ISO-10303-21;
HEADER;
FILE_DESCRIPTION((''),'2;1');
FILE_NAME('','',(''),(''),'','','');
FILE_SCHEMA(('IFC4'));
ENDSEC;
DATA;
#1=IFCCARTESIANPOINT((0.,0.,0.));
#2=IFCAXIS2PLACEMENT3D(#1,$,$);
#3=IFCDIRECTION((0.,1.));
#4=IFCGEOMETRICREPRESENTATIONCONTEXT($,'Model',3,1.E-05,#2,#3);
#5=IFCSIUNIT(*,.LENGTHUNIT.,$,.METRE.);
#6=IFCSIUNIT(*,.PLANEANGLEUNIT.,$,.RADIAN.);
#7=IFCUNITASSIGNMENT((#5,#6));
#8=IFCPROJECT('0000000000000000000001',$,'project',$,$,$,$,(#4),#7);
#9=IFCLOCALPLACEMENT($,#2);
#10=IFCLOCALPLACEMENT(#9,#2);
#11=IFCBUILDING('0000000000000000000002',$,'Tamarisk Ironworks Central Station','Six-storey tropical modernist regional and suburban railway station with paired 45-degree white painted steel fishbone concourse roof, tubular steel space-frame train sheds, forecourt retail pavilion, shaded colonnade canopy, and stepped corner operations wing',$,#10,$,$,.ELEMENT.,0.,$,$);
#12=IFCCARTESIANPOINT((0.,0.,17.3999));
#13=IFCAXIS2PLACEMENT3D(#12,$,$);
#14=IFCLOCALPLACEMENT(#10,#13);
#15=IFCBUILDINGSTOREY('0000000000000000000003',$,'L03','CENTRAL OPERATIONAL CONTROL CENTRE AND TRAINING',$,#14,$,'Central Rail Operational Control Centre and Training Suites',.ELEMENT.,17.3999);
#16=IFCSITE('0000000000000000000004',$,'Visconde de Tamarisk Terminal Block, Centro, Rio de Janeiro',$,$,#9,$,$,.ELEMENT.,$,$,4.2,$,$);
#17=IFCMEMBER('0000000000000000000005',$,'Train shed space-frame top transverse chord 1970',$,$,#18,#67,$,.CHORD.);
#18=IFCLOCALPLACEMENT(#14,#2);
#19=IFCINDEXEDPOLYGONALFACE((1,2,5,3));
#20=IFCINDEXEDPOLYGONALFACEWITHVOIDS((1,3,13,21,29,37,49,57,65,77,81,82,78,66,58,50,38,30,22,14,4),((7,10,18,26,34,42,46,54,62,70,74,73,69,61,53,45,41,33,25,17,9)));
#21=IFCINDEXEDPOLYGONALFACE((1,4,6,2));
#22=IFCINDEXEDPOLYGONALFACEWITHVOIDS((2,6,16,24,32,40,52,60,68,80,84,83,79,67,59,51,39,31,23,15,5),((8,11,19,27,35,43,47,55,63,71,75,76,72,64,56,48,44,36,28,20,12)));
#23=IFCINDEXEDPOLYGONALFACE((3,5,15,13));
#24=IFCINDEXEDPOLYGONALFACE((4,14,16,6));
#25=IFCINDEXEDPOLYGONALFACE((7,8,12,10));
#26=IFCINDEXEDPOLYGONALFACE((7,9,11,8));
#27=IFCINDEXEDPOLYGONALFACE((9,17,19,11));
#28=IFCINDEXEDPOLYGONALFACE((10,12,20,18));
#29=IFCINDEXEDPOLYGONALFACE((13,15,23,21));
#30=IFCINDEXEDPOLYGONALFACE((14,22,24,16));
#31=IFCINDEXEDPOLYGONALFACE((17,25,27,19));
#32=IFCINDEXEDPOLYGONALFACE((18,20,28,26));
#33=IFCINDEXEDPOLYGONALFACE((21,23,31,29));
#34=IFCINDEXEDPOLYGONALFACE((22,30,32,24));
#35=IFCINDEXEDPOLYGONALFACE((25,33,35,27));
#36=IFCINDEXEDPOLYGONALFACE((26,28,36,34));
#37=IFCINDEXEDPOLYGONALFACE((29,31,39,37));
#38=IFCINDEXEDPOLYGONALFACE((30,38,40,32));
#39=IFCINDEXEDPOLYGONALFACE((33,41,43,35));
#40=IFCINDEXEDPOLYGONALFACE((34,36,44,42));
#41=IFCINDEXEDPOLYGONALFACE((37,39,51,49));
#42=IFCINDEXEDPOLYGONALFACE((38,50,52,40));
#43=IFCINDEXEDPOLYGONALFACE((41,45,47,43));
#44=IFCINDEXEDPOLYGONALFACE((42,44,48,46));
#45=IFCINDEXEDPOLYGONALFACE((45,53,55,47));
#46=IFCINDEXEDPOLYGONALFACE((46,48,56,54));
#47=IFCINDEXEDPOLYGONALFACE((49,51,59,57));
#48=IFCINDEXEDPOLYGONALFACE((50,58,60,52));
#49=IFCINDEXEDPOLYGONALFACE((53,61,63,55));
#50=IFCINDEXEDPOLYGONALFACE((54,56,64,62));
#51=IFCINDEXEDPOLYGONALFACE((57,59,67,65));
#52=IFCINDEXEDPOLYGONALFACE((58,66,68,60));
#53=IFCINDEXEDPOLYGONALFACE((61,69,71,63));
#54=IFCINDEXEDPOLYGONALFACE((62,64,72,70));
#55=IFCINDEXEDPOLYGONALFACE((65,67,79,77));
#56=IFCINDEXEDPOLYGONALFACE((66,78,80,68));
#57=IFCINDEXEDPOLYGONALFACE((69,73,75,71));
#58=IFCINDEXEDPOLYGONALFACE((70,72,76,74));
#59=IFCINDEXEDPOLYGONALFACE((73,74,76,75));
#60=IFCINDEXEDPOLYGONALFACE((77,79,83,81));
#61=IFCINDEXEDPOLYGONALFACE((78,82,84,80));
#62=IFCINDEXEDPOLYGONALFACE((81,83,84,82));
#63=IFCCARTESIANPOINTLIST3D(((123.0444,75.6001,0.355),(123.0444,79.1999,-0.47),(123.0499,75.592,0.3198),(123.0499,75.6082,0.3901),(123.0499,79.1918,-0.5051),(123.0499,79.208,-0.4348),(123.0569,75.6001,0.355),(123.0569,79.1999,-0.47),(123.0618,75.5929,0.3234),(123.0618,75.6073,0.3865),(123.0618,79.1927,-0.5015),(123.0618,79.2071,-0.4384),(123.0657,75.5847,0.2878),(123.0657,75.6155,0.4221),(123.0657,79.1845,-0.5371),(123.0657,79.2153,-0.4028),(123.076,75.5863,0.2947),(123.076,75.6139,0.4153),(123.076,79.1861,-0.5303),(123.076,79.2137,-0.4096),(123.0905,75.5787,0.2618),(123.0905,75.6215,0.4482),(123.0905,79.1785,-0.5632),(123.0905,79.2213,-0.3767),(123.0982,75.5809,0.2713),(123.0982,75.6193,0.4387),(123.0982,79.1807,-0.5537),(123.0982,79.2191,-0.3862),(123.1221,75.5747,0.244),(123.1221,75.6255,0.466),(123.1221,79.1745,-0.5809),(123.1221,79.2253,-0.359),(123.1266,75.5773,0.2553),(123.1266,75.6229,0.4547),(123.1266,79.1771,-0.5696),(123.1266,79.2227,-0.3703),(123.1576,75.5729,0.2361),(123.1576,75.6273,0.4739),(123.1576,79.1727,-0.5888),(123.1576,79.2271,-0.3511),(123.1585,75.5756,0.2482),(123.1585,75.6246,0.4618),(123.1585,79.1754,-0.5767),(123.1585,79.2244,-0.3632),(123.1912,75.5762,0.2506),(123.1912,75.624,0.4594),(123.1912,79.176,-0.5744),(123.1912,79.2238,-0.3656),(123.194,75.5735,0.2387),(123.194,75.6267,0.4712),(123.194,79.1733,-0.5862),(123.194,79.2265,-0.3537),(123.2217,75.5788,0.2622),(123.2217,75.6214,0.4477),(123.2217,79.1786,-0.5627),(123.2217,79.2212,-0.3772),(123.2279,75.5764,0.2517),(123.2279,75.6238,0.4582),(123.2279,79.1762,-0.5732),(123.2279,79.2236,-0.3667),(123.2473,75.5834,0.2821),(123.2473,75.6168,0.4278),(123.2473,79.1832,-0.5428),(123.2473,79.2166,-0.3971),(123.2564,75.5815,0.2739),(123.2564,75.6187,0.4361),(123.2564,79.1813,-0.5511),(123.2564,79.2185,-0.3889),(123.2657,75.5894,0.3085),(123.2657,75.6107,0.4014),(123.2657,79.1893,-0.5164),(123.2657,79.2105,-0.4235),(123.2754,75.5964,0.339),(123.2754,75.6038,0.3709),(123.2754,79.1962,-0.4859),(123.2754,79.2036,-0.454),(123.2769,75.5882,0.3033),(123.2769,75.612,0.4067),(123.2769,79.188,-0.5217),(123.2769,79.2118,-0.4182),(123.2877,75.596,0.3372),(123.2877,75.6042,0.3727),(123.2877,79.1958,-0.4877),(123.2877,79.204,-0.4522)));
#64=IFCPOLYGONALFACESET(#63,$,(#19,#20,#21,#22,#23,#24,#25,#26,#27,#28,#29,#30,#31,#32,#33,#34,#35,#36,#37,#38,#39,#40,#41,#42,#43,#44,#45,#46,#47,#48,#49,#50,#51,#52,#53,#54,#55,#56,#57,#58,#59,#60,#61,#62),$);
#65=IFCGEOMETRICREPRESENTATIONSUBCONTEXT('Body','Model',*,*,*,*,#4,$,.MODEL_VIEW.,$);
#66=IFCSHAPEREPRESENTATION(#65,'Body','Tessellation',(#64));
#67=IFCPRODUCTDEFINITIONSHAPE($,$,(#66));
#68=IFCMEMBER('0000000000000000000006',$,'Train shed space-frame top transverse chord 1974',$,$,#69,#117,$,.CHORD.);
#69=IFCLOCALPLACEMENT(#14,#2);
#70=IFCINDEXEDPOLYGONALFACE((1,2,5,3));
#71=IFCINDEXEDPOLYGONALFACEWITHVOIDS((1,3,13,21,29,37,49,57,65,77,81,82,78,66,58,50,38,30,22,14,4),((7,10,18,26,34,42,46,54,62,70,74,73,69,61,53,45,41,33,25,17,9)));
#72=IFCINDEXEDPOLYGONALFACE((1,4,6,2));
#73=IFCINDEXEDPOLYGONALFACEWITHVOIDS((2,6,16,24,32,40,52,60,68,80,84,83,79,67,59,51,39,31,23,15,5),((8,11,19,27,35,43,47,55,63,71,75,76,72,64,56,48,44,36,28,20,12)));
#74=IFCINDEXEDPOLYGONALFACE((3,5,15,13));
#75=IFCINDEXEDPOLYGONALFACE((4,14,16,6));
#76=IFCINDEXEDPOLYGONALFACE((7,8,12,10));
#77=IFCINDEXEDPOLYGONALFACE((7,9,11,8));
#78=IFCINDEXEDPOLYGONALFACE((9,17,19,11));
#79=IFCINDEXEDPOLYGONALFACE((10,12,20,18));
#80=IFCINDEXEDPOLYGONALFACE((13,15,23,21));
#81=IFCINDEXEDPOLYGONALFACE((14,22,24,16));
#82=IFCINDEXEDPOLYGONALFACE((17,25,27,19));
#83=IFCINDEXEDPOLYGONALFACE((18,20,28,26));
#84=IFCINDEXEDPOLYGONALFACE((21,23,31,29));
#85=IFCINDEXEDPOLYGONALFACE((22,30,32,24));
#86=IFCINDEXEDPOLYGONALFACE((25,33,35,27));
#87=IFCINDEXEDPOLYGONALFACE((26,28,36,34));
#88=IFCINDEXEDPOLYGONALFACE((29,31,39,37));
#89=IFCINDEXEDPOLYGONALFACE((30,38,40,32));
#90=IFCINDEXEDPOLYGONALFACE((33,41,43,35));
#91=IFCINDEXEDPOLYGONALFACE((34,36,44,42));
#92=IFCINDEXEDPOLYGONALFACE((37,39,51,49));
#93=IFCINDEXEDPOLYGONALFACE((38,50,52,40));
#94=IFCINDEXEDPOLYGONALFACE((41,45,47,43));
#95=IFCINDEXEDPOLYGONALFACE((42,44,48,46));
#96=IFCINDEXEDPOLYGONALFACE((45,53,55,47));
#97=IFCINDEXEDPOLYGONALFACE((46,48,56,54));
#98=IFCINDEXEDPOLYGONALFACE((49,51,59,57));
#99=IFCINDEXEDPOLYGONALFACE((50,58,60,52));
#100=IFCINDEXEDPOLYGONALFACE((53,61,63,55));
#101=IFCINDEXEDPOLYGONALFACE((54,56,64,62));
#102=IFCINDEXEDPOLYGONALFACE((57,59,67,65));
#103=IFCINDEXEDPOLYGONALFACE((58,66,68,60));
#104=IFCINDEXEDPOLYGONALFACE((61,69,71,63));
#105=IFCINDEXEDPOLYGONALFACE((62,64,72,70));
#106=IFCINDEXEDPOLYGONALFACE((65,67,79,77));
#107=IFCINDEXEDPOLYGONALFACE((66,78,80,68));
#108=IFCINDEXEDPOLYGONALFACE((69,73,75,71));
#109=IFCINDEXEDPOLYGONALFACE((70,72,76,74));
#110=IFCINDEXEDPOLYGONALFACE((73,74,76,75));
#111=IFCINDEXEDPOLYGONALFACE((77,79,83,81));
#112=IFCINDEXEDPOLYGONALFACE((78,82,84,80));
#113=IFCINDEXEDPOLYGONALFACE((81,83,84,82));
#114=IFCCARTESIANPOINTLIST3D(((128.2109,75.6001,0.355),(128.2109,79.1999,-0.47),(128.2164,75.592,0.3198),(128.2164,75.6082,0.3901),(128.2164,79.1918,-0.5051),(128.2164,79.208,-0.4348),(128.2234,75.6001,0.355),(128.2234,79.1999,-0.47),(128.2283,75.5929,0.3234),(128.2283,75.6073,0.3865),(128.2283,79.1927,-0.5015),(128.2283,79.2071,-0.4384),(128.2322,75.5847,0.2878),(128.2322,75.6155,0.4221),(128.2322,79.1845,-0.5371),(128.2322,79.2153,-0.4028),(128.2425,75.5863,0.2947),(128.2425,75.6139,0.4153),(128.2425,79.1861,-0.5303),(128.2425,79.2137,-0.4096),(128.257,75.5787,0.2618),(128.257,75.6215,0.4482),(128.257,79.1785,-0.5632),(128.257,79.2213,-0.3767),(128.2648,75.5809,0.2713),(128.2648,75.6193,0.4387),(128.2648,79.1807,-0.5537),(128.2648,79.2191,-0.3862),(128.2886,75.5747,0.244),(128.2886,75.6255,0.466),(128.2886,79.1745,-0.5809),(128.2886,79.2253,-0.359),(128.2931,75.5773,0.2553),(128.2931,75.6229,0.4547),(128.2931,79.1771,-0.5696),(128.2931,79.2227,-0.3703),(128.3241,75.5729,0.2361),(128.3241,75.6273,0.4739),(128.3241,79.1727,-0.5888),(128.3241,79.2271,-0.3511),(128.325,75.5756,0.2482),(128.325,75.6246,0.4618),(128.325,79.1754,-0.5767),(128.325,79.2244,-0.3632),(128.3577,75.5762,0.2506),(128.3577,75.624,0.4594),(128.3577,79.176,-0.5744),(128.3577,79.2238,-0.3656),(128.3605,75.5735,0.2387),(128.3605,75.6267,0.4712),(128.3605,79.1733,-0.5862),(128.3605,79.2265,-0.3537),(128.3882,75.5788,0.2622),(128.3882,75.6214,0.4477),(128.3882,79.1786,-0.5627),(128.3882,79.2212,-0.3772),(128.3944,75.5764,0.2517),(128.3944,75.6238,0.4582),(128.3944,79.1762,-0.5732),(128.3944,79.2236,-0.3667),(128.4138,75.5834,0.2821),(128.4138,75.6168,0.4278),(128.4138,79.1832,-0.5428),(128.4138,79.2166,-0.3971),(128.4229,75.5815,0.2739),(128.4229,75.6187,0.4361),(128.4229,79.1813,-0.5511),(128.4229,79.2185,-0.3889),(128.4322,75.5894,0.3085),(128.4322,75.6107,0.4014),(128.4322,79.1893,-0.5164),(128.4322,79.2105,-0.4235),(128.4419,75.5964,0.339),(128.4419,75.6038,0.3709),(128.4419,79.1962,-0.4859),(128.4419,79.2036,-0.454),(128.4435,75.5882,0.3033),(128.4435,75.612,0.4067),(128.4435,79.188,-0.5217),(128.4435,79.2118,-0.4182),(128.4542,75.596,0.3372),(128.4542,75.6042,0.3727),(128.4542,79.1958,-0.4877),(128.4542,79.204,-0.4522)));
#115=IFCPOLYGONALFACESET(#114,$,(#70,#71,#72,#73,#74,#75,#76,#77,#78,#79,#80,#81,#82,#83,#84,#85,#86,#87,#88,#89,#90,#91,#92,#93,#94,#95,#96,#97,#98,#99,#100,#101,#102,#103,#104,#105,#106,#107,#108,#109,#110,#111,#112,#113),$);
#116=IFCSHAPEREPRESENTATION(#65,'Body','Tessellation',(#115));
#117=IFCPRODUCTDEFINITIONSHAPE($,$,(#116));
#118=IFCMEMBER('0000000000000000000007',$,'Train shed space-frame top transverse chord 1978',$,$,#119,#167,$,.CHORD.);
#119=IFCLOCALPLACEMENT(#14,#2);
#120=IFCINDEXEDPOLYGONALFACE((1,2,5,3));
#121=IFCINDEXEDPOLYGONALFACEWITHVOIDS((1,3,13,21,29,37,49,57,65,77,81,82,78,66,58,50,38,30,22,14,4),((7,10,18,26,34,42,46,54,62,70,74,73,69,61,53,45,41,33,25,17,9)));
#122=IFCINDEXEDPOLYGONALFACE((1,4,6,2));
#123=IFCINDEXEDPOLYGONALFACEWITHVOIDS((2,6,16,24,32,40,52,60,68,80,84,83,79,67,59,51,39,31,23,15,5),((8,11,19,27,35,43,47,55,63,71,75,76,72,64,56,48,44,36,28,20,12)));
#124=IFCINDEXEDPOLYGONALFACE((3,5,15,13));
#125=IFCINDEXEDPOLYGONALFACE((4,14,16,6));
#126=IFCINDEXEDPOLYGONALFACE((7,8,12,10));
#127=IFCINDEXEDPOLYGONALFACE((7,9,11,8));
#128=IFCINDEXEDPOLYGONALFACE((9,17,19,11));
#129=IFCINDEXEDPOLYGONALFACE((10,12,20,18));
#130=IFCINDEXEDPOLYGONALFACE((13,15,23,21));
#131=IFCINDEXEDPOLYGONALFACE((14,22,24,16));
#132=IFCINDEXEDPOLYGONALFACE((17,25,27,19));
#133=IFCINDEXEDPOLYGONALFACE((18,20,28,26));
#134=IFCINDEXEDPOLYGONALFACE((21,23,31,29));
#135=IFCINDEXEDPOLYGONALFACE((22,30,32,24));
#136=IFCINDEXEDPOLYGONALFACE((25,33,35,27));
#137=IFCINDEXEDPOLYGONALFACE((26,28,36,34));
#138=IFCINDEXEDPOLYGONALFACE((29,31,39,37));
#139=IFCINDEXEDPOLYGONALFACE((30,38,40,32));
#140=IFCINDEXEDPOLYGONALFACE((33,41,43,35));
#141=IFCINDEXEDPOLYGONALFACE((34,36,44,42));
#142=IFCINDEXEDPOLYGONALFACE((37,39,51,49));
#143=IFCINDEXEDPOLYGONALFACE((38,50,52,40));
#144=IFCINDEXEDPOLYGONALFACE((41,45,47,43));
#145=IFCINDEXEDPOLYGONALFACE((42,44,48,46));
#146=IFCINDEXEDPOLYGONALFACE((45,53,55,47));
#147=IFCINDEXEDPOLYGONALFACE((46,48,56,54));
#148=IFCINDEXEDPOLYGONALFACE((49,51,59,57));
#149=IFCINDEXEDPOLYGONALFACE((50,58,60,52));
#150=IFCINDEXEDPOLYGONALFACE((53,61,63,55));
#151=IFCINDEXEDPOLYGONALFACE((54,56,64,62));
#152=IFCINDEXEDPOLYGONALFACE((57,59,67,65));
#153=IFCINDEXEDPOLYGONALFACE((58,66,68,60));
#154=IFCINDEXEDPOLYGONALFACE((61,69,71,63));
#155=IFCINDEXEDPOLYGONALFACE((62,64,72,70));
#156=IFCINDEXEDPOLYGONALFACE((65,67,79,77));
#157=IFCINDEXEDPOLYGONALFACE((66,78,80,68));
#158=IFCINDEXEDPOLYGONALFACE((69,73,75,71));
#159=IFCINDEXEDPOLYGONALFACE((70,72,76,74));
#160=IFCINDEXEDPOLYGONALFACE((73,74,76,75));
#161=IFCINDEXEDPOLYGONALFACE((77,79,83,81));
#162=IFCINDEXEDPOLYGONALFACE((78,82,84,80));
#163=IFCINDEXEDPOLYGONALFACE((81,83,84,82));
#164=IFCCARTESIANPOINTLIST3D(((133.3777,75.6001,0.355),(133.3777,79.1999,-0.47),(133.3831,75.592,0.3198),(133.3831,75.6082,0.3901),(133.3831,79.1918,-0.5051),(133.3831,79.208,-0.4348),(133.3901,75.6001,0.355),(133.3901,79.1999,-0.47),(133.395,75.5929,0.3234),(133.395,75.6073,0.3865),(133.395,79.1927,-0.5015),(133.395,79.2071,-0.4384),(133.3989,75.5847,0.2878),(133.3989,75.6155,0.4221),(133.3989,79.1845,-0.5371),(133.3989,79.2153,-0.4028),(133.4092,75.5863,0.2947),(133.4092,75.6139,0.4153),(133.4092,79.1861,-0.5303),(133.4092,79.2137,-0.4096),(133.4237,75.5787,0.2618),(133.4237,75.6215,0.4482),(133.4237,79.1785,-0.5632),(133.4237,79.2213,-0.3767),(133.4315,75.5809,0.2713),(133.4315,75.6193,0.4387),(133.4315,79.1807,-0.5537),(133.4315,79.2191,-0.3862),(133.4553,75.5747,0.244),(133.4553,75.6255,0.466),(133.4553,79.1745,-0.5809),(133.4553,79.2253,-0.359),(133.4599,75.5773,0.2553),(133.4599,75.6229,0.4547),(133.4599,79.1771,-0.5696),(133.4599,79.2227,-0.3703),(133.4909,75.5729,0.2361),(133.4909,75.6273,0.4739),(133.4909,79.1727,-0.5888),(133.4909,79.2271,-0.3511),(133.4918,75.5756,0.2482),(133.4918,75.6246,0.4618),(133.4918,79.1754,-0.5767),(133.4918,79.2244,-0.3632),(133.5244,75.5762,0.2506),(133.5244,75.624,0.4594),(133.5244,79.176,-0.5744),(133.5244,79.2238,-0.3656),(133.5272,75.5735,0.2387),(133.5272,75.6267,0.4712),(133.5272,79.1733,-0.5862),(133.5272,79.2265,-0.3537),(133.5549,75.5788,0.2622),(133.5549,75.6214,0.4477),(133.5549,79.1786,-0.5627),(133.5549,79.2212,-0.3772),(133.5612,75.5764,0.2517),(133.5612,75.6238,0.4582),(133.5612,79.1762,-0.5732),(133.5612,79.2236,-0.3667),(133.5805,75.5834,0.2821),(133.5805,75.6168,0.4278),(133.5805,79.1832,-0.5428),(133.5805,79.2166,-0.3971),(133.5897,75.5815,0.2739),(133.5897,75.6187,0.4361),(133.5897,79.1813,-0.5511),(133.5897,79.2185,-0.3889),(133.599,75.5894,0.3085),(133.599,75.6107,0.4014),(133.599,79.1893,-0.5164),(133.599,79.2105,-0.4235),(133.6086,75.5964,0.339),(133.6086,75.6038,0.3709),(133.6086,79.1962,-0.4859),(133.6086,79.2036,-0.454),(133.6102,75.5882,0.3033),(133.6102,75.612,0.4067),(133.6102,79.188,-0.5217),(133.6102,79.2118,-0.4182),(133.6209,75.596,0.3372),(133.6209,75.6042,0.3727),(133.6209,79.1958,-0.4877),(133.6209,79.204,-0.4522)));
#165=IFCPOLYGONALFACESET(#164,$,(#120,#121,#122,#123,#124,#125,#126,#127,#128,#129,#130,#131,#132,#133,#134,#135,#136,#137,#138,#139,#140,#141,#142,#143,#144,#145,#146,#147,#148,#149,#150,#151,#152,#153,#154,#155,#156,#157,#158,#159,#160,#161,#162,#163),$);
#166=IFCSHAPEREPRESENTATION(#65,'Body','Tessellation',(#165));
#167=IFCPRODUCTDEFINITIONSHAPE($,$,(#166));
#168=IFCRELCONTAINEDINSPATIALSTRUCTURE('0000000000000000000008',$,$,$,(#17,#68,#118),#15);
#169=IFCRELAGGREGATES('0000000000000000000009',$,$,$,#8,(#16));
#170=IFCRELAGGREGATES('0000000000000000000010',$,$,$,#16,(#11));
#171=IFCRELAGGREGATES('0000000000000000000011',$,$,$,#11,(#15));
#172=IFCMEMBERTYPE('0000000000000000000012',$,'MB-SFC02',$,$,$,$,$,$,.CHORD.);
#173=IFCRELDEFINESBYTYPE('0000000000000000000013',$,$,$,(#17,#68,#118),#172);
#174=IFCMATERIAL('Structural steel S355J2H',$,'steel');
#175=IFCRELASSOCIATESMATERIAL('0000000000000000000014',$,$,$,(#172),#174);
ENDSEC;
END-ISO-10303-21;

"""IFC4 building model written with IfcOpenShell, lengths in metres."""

from ifc_helpers import new_model, si_unit, direction, frame, origin, origin_2d, place, context, subcontext, project, spatial, hollow_circle, extrude, material, material_profile, profile_set, type_object, element, save


model = new_model("IFC4")

# Units and contexts
model_context = context("Model", 3, precision=1e-05, world=origin(), true_north=direction((0.0, 1.0)))
body_context = subcontext(model_context, "Body", "Model", "MODEL_VIEW")
ifc_project = project(units=[si_unit("LENGTHUNIT", "METRE"), si_unit("PLANEANGLEUNIT", "RADIAN")], contexts=[model_context])

# Site, building, storey
site_placement = place(None, origin())
site = spatial("IfcSite", under=ifc_project, at=site_placement, Name="Visconde de Tamarisk Terminal Block, Centro, Rio de Janeiro", CompositionType="ELEMENT", RefElevation=4.2)
building_placement = place(site_placement, origin())
building = spatial("IfcBuilding", under=site, at=building_placement, Name="Tamarisk Ironworks Central Station", Description="Six-storey tropical modernist regional and suburban railway station with paired 45-degree white painted steel fishbone concourse roof, tubular steel space-frame train sheds, forecourt retail pavilion, shaded colonnade canopy, and stepped corner operations wing", CompositionType="ELEMENT", ElevationOfRefHeight=0.0)
storey_placement = place(building_placement, frame((0.0, 0.0, 17.3999)))
storey = spatial("IfcBuildingStorey", under=building, at=storey_placement, Name="L03", Description="CENTRAL OPERATIONAL CONTROL CENTRE AND TRAINING", LongName="Central Rail Operational Control Centre and Training Suites", CompositionType="ELEMENT", Elevation=17.3999)

# Members
ifc_material_1 = material(Name="Structural steel S355J2H", Category="steel")
ifc_material_profile_1 = material_profile(ifc_material_1, hollow_circle(Radius=0.1223, WallThickness=0.0125, at=origin_2d()), Name="CHS 244.5x12.5")
ifc_profile_set_1 = profile_set([ifc_material_profile_1], Name="Structural steel S355J2H")
member_type_1 = type_object("IfcMemberType", Name="MB-SFC02", PredefinedType="CHORD", material=ifc_profile_set_1)
for number, where, z_axis, x_axis, name in (
    (1, (123.1667, 75.6001, 0.355), (0.0, 0.974733, -0.223372), (-1.0, 0.0, 0.0), "Train shed space-frame top transverse chord 1970"),
    (2, (128.3333, 75.6001, 0.355), (0.0, 0.974733, -0.223372), (-1.0, 0.0, 0.0), "Train shed space-frame top transverse chord 1974"),
    (3, (133.5, 75.6001, 0.355), (0.0, 0.974733, -0.223372), (-1.0, 0.0, 0.0), "Train shed space-frame top transverse chord 1978"),
):
    element("IfcMember", number, at=place(storey_placement, frame(where, z_axis=z_axis, x_axis=x_axis)), inside=storey, type_object=member_type_1, Name=name, PredefinedType="CHORD", context=body_context, shape_type="SweptSolid", body=[
        extrude(hollow_circle(Radius=0.1223, WallThickness=0.0125, at=origin_2d()), origin(), (0.0, 0.0, 1.0), 3.6931),
    ])

save(model, "model.ifc")
